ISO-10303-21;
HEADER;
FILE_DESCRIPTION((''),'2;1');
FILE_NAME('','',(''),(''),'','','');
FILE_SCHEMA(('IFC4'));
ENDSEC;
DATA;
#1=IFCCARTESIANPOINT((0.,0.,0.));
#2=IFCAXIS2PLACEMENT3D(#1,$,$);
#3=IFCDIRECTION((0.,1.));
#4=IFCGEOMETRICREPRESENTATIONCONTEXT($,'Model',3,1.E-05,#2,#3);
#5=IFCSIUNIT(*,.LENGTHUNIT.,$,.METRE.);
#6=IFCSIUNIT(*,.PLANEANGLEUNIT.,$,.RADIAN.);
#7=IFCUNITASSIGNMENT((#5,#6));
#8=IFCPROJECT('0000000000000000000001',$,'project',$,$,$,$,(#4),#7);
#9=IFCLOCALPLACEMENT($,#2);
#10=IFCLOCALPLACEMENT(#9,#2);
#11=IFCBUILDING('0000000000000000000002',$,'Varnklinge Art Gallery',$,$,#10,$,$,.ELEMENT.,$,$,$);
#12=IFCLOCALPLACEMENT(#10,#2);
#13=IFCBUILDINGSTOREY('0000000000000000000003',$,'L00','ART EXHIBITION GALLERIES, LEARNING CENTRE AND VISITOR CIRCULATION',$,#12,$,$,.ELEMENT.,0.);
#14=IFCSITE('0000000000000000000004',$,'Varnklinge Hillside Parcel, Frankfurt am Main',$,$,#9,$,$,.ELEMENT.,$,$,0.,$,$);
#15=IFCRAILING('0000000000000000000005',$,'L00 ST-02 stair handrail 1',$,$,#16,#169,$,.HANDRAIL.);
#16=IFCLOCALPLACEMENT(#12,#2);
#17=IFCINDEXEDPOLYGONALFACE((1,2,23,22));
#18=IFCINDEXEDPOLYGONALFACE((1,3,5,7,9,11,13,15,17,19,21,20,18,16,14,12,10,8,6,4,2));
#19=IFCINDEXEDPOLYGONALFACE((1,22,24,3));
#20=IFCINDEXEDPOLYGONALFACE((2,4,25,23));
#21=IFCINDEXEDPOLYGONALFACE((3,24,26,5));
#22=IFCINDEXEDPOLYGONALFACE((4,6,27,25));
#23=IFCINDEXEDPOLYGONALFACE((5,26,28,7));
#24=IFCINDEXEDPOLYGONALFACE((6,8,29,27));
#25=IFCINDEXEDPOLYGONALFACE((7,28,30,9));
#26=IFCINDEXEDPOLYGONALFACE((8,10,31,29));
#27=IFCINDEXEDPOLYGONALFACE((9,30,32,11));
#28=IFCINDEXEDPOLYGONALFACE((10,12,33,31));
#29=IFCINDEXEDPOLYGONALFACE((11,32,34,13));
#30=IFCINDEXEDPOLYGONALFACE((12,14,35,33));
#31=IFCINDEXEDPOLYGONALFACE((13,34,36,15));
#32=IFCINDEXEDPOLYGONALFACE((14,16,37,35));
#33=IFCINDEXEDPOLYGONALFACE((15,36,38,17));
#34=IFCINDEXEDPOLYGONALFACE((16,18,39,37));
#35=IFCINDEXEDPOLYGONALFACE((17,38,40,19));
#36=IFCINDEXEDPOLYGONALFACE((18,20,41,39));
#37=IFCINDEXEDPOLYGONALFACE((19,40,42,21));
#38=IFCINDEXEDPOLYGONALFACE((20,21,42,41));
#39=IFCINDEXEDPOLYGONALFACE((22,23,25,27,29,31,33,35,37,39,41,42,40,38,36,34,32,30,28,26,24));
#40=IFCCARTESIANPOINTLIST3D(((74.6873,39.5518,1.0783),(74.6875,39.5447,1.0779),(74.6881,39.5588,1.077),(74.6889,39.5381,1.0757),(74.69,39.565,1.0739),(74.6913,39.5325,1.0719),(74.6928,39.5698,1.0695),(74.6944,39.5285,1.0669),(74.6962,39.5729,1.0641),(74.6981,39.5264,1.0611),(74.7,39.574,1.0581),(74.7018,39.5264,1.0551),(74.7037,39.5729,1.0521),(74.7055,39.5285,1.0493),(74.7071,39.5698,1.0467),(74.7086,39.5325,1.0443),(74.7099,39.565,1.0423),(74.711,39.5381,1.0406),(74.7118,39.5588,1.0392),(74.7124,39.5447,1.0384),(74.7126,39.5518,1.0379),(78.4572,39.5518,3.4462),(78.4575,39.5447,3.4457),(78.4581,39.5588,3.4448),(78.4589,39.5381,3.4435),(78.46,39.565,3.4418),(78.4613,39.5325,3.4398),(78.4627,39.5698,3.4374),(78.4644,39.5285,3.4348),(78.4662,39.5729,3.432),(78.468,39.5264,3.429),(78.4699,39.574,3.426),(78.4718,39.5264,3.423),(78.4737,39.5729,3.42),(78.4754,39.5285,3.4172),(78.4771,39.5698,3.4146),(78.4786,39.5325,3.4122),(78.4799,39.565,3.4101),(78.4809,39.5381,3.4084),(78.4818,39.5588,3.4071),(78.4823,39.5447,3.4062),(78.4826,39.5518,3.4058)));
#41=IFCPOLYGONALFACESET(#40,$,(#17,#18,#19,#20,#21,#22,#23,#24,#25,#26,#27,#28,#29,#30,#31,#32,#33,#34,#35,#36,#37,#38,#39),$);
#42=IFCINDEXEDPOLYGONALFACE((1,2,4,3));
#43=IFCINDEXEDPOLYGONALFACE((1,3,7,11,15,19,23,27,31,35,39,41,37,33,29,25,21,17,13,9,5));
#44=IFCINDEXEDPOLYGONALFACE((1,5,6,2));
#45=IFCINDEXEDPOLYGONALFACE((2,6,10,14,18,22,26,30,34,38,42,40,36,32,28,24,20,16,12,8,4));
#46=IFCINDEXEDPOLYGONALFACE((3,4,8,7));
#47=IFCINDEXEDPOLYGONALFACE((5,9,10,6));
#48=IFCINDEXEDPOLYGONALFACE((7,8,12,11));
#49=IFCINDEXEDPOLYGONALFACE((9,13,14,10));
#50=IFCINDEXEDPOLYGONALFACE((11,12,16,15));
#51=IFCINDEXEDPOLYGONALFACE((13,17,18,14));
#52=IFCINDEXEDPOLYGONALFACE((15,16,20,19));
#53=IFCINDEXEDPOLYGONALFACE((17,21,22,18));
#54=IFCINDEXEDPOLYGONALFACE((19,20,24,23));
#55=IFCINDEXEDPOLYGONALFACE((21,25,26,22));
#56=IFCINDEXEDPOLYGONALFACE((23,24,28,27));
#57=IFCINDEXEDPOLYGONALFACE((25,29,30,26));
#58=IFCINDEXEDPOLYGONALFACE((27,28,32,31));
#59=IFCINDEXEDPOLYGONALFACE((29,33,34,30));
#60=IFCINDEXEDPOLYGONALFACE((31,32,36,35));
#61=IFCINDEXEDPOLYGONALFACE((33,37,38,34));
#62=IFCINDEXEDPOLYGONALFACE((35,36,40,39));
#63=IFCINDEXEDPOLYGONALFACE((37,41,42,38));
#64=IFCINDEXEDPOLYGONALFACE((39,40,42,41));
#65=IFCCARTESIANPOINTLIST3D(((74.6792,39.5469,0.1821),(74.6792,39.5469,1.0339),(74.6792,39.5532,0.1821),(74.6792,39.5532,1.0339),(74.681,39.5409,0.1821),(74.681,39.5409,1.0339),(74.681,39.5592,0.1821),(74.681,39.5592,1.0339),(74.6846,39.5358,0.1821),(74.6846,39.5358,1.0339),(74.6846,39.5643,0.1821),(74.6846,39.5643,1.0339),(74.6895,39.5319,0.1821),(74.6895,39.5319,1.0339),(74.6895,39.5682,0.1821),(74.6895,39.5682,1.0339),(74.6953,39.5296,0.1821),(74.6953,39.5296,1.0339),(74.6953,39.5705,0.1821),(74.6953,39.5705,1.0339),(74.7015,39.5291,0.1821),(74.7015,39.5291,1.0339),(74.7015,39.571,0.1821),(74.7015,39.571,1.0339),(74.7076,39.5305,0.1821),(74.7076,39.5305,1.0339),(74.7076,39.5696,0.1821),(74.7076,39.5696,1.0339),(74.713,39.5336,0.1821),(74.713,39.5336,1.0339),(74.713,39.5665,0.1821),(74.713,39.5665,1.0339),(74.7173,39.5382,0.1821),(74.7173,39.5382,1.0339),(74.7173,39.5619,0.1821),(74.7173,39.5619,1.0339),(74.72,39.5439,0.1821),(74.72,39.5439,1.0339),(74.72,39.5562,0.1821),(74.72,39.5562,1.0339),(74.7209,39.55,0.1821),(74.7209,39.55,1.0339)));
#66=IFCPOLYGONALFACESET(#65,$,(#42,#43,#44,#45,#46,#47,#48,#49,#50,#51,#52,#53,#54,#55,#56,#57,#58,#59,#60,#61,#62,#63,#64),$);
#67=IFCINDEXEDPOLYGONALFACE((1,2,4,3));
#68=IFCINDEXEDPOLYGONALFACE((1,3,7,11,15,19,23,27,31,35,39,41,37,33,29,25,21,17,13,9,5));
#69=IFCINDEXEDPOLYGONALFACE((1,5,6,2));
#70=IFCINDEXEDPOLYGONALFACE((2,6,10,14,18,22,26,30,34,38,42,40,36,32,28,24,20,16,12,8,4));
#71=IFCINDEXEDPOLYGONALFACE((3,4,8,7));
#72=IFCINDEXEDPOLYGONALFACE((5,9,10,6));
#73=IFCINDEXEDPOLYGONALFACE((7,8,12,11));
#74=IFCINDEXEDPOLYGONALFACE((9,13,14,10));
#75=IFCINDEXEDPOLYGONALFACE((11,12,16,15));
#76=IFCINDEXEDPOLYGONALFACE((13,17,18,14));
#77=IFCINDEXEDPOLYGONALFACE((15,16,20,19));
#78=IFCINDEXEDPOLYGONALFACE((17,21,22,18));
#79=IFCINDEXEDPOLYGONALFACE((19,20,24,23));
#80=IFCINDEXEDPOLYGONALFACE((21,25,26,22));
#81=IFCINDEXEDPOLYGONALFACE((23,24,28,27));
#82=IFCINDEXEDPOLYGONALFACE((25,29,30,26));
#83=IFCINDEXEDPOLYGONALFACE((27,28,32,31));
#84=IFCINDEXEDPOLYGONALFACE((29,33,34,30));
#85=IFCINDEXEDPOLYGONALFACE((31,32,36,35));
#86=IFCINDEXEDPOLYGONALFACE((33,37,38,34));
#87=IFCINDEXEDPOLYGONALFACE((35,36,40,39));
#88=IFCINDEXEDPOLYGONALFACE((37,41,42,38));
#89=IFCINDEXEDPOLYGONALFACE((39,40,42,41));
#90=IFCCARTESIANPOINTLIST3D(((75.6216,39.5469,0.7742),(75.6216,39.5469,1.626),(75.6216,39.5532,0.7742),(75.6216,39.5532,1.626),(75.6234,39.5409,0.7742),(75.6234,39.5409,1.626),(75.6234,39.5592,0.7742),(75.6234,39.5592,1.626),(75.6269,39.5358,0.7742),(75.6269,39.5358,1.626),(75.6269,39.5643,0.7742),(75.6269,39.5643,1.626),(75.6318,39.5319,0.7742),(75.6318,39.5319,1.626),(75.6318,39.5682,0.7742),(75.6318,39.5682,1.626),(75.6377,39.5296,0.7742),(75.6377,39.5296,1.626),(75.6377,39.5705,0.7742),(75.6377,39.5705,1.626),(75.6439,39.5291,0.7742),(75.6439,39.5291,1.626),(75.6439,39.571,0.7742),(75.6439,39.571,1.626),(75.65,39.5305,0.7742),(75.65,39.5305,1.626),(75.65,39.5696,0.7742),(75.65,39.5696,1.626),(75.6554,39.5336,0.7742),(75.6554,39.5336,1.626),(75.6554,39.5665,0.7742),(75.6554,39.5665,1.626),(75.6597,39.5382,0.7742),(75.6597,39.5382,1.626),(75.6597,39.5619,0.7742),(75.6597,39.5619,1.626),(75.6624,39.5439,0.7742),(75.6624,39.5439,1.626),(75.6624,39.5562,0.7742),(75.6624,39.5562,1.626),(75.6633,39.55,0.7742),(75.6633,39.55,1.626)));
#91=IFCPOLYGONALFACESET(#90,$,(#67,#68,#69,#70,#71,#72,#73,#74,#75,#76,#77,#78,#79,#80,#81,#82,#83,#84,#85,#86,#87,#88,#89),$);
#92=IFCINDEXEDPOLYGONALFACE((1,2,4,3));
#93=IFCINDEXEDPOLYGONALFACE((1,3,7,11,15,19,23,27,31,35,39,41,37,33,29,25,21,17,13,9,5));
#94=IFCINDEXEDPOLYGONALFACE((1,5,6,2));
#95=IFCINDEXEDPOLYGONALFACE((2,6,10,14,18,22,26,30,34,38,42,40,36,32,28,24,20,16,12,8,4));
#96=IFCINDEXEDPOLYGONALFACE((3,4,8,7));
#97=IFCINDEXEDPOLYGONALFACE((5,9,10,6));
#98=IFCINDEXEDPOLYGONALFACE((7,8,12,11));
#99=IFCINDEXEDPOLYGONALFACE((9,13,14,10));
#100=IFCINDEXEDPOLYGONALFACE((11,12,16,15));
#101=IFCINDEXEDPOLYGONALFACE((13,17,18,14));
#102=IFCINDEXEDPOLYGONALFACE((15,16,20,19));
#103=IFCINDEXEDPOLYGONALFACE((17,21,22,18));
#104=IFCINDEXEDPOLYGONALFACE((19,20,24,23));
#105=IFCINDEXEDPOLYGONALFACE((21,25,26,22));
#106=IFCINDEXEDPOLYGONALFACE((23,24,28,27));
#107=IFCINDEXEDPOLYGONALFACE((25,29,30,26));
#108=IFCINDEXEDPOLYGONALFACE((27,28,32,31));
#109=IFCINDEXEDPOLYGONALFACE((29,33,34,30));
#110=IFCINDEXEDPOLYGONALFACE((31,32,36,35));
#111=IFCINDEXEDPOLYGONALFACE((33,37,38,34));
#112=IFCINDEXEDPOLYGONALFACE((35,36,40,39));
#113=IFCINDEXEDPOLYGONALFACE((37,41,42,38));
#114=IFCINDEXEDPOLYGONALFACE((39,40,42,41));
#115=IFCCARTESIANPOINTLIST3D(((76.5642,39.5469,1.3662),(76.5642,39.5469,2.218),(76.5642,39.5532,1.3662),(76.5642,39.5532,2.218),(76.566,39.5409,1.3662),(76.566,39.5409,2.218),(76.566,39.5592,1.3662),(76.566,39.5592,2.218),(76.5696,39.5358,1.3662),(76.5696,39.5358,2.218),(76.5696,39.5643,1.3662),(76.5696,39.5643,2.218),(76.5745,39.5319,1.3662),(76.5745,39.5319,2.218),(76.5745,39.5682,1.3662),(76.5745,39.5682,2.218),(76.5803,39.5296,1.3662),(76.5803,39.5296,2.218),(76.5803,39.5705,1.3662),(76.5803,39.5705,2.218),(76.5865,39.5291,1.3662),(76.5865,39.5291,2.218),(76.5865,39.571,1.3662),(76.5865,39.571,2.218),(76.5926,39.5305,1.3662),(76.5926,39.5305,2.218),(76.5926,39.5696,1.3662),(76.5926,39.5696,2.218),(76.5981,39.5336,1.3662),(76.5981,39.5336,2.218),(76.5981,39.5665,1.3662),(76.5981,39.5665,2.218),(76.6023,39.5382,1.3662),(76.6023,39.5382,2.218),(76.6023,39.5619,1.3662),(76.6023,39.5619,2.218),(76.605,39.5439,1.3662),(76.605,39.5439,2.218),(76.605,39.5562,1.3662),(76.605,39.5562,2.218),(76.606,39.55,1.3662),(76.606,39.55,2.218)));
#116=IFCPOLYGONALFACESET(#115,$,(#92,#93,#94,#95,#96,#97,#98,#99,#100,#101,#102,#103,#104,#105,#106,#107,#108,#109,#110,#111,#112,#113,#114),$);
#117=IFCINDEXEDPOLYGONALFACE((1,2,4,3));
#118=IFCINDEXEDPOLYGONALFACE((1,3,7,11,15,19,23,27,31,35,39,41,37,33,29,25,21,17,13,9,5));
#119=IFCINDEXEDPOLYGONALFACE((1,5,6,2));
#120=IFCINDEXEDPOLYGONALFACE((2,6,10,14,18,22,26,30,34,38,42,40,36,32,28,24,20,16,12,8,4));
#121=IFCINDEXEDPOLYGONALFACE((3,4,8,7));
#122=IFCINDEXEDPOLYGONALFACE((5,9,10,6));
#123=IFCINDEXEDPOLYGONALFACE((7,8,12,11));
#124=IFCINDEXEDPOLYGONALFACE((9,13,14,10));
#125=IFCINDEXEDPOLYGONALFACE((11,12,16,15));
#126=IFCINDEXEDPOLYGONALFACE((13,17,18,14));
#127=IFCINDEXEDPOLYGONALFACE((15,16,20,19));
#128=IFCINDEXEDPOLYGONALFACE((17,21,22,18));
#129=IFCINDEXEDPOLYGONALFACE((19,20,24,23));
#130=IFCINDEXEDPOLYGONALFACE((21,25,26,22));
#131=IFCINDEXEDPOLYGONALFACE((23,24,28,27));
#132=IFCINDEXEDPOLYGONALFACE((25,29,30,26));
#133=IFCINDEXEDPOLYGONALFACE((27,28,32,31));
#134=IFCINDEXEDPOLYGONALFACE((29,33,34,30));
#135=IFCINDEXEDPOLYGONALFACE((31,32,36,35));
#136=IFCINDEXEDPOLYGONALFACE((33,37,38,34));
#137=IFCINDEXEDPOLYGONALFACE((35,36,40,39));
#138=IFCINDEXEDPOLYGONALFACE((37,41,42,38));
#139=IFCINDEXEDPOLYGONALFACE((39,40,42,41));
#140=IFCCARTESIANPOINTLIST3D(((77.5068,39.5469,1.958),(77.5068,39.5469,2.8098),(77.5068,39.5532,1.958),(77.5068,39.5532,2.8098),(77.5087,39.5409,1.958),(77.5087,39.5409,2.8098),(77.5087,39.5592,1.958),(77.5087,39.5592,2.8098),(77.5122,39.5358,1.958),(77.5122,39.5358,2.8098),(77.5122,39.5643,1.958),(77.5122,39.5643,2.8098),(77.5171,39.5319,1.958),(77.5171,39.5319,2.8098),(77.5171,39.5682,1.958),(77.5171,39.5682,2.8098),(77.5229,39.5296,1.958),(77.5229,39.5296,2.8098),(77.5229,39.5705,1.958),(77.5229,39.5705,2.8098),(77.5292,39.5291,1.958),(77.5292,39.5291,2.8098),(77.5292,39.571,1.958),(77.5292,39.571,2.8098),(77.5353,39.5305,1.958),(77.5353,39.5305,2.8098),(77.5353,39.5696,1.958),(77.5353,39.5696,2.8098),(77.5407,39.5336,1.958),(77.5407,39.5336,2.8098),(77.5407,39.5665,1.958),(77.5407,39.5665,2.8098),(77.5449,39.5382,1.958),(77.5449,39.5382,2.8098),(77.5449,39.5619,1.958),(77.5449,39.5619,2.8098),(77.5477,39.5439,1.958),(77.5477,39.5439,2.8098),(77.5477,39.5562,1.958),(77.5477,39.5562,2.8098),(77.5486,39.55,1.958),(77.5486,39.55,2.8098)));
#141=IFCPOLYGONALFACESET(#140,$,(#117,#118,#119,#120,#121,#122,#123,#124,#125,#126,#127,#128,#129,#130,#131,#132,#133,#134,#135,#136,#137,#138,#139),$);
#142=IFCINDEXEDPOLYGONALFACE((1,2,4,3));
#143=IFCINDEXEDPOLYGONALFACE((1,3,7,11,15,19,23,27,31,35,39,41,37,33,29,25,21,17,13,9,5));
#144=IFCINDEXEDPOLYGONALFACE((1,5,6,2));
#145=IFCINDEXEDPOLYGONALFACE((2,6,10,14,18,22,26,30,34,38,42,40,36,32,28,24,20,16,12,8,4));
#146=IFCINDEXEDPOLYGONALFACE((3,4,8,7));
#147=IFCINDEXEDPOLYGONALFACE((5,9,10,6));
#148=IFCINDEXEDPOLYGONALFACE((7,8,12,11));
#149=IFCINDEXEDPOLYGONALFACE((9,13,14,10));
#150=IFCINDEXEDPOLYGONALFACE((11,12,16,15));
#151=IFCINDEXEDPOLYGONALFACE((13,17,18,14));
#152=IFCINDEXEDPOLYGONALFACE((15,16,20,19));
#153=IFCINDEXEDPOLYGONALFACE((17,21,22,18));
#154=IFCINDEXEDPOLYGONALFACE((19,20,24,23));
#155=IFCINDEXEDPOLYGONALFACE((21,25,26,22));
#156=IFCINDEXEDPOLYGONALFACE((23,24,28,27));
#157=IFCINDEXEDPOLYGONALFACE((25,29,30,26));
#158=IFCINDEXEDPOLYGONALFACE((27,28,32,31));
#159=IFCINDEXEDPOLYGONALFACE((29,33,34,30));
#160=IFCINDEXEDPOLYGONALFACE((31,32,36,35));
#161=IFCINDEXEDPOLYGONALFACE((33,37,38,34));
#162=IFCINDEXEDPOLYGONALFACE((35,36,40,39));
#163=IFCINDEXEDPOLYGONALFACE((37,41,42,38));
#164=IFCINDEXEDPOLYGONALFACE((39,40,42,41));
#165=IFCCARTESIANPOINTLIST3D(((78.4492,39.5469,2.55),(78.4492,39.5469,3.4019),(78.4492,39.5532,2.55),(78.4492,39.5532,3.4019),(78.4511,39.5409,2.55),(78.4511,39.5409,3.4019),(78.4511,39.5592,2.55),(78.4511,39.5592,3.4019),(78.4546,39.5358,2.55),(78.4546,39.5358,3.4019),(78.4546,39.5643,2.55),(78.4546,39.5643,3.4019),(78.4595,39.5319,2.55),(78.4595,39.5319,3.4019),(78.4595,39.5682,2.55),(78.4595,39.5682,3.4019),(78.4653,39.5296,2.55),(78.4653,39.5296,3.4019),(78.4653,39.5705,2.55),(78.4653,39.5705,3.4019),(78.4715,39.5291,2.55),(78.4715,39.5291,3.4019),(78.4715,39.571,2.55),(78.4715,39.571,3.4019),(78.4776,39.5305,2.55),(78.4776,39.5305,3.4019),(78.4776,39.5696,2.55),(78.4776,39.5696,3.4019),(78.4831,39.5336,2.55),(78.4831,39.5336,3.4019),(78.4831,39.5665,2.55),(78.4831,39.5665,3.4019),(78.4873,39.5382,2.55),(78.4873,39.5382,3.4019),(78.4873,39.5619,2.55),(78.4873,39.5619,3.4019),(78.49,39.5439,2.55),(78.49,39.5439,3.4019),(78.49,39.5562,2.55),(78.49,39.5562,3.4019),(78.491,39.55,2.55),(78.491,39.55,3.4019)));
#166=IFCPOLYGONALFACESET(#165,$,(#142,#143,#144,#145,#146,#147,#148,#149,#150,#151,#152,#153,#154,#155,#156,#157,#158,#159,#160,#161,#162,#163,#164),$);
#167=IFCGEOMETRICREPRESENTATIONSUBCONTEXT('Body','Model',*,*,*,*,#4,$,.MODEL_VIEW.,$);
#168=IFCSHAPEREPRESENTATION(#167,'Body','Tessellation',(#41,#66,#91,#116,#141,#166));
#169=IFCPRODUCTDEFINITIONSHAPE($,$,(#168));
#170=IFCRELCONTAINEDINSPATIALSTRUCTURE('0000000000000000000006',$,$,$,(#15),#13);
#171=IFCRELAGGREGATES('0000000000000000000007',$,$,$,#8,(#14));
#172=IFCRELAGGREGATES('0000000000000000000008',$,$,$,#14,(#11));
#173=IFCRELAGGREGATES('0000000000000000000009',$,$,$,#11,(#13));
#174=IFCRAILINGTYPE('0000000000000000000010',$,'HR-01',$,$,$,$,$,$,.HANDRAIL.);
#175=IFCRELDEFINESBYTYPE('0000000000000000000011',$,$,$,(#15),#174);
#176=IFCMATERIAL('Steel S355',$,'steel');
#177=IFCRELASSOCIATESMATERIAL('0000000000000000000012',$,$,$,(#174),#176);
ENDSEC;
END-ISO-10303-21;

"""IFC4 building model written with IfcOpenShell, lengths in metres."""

from ifc_helpers import new_model, si_unit, direction, frame, origin, origin_2d, place, context, subcontext, project, spatial, circle, extrude, material, type_object, element, save


model = new_model("IFC4")

# Units and contexts
model_context = context("Model", 3, precision=1e-05, world=origin(), true_north=direction((0.0, 1.0)))
body_context = subcontext(model_context, "Body", "Model", "MODEL_VIEW")
ifc_project = project(units=[si_unit("LENGTHUNIT", "METRE"), si_unit("PLANEANGLEUNIT", "RADIAN")], contexts=[model_context])

# Site, building, storey
site_placement = place(None, origin())
site = spatial("IfcSite", under=ifc_project, at=site_placement, Name="Varnklinge Hillside Parcel, Frankfurt am Main", CompositionType="ELEMENT", RefElevation=0.0)
building_placement = place(site_placement, origin())
building = spatial("IfcBuilding", under=site, at=building_placement, Name="Varnklinge Art Gallery", CompositionType="ELEMENT")
storey_placement = place(building_placement, origin())
storey = spatial("IfcBuildingStorey", under=building, at=storey_placement, Name="L00", Description="ART EXHIBITION GALLERIES, LEARNING CENTRE AND VISITOR CIRCULATION", CompositionType="ELEMENT", Elevation=0.0)

# Railing
ifc_material_1 = material(Name="Steel S355", Category="steel")
railing_type_1 = type_object("IfcRailingType", Name="HR-01", PredefinedType="HANDRAIL", material=ifc_material_1)
for number, where, name in (
    (1, (74.7, 39.55, 0.1821), "L00 ST-02 stair handrail 1"),
):
    element("IfcRailing", number, at=place(storey_placement, frame(where)), inside=storey, type_object=railing_type_1, Name=name, PredefinedType="HANDRAIL", context=body_context, shape_type="SweptSolid", body=[
        extrude(circle(Radius=0.0239, at=origin_2d()), frame((0.0, 0.0, 0.876), z_axis=(0.846819, 0.0, 0.531881), x_axis=(0.0, 1.0, 0.0)), (0.0, 0.0, 1.0), 4.4519),
        extrude(circle(Radius=0.021, at=origin_2d()), origin(), (0.0, 0.0, 1.0), 0.8518),
        extrude(circle(Radius=0.021, at=origin_2d()), frame((0.9424, 0.0, 0.592)), (0.0, 0.0, 1.0), 0.8518),
        extrude(circle(Radius=0.021, at=origin_2d()), frame((1.885, 0.0, 1.1841)), (0.0, 0.0, 1.0), 0.8518),
        extrude(circle(Radius=0.021, at=origin_2d()), frame((2.8276, 0.0, 1.7759)), (0.0, 0.0, 1.0), 0.8518),
        extrude(circle(Radius=0.021, at=origin_2d()), frame((3.77, 0.0, 2.3679)), (0.0, 0.0, 1.0), 0.8518),
    ])

save(model, "model.ifc")
